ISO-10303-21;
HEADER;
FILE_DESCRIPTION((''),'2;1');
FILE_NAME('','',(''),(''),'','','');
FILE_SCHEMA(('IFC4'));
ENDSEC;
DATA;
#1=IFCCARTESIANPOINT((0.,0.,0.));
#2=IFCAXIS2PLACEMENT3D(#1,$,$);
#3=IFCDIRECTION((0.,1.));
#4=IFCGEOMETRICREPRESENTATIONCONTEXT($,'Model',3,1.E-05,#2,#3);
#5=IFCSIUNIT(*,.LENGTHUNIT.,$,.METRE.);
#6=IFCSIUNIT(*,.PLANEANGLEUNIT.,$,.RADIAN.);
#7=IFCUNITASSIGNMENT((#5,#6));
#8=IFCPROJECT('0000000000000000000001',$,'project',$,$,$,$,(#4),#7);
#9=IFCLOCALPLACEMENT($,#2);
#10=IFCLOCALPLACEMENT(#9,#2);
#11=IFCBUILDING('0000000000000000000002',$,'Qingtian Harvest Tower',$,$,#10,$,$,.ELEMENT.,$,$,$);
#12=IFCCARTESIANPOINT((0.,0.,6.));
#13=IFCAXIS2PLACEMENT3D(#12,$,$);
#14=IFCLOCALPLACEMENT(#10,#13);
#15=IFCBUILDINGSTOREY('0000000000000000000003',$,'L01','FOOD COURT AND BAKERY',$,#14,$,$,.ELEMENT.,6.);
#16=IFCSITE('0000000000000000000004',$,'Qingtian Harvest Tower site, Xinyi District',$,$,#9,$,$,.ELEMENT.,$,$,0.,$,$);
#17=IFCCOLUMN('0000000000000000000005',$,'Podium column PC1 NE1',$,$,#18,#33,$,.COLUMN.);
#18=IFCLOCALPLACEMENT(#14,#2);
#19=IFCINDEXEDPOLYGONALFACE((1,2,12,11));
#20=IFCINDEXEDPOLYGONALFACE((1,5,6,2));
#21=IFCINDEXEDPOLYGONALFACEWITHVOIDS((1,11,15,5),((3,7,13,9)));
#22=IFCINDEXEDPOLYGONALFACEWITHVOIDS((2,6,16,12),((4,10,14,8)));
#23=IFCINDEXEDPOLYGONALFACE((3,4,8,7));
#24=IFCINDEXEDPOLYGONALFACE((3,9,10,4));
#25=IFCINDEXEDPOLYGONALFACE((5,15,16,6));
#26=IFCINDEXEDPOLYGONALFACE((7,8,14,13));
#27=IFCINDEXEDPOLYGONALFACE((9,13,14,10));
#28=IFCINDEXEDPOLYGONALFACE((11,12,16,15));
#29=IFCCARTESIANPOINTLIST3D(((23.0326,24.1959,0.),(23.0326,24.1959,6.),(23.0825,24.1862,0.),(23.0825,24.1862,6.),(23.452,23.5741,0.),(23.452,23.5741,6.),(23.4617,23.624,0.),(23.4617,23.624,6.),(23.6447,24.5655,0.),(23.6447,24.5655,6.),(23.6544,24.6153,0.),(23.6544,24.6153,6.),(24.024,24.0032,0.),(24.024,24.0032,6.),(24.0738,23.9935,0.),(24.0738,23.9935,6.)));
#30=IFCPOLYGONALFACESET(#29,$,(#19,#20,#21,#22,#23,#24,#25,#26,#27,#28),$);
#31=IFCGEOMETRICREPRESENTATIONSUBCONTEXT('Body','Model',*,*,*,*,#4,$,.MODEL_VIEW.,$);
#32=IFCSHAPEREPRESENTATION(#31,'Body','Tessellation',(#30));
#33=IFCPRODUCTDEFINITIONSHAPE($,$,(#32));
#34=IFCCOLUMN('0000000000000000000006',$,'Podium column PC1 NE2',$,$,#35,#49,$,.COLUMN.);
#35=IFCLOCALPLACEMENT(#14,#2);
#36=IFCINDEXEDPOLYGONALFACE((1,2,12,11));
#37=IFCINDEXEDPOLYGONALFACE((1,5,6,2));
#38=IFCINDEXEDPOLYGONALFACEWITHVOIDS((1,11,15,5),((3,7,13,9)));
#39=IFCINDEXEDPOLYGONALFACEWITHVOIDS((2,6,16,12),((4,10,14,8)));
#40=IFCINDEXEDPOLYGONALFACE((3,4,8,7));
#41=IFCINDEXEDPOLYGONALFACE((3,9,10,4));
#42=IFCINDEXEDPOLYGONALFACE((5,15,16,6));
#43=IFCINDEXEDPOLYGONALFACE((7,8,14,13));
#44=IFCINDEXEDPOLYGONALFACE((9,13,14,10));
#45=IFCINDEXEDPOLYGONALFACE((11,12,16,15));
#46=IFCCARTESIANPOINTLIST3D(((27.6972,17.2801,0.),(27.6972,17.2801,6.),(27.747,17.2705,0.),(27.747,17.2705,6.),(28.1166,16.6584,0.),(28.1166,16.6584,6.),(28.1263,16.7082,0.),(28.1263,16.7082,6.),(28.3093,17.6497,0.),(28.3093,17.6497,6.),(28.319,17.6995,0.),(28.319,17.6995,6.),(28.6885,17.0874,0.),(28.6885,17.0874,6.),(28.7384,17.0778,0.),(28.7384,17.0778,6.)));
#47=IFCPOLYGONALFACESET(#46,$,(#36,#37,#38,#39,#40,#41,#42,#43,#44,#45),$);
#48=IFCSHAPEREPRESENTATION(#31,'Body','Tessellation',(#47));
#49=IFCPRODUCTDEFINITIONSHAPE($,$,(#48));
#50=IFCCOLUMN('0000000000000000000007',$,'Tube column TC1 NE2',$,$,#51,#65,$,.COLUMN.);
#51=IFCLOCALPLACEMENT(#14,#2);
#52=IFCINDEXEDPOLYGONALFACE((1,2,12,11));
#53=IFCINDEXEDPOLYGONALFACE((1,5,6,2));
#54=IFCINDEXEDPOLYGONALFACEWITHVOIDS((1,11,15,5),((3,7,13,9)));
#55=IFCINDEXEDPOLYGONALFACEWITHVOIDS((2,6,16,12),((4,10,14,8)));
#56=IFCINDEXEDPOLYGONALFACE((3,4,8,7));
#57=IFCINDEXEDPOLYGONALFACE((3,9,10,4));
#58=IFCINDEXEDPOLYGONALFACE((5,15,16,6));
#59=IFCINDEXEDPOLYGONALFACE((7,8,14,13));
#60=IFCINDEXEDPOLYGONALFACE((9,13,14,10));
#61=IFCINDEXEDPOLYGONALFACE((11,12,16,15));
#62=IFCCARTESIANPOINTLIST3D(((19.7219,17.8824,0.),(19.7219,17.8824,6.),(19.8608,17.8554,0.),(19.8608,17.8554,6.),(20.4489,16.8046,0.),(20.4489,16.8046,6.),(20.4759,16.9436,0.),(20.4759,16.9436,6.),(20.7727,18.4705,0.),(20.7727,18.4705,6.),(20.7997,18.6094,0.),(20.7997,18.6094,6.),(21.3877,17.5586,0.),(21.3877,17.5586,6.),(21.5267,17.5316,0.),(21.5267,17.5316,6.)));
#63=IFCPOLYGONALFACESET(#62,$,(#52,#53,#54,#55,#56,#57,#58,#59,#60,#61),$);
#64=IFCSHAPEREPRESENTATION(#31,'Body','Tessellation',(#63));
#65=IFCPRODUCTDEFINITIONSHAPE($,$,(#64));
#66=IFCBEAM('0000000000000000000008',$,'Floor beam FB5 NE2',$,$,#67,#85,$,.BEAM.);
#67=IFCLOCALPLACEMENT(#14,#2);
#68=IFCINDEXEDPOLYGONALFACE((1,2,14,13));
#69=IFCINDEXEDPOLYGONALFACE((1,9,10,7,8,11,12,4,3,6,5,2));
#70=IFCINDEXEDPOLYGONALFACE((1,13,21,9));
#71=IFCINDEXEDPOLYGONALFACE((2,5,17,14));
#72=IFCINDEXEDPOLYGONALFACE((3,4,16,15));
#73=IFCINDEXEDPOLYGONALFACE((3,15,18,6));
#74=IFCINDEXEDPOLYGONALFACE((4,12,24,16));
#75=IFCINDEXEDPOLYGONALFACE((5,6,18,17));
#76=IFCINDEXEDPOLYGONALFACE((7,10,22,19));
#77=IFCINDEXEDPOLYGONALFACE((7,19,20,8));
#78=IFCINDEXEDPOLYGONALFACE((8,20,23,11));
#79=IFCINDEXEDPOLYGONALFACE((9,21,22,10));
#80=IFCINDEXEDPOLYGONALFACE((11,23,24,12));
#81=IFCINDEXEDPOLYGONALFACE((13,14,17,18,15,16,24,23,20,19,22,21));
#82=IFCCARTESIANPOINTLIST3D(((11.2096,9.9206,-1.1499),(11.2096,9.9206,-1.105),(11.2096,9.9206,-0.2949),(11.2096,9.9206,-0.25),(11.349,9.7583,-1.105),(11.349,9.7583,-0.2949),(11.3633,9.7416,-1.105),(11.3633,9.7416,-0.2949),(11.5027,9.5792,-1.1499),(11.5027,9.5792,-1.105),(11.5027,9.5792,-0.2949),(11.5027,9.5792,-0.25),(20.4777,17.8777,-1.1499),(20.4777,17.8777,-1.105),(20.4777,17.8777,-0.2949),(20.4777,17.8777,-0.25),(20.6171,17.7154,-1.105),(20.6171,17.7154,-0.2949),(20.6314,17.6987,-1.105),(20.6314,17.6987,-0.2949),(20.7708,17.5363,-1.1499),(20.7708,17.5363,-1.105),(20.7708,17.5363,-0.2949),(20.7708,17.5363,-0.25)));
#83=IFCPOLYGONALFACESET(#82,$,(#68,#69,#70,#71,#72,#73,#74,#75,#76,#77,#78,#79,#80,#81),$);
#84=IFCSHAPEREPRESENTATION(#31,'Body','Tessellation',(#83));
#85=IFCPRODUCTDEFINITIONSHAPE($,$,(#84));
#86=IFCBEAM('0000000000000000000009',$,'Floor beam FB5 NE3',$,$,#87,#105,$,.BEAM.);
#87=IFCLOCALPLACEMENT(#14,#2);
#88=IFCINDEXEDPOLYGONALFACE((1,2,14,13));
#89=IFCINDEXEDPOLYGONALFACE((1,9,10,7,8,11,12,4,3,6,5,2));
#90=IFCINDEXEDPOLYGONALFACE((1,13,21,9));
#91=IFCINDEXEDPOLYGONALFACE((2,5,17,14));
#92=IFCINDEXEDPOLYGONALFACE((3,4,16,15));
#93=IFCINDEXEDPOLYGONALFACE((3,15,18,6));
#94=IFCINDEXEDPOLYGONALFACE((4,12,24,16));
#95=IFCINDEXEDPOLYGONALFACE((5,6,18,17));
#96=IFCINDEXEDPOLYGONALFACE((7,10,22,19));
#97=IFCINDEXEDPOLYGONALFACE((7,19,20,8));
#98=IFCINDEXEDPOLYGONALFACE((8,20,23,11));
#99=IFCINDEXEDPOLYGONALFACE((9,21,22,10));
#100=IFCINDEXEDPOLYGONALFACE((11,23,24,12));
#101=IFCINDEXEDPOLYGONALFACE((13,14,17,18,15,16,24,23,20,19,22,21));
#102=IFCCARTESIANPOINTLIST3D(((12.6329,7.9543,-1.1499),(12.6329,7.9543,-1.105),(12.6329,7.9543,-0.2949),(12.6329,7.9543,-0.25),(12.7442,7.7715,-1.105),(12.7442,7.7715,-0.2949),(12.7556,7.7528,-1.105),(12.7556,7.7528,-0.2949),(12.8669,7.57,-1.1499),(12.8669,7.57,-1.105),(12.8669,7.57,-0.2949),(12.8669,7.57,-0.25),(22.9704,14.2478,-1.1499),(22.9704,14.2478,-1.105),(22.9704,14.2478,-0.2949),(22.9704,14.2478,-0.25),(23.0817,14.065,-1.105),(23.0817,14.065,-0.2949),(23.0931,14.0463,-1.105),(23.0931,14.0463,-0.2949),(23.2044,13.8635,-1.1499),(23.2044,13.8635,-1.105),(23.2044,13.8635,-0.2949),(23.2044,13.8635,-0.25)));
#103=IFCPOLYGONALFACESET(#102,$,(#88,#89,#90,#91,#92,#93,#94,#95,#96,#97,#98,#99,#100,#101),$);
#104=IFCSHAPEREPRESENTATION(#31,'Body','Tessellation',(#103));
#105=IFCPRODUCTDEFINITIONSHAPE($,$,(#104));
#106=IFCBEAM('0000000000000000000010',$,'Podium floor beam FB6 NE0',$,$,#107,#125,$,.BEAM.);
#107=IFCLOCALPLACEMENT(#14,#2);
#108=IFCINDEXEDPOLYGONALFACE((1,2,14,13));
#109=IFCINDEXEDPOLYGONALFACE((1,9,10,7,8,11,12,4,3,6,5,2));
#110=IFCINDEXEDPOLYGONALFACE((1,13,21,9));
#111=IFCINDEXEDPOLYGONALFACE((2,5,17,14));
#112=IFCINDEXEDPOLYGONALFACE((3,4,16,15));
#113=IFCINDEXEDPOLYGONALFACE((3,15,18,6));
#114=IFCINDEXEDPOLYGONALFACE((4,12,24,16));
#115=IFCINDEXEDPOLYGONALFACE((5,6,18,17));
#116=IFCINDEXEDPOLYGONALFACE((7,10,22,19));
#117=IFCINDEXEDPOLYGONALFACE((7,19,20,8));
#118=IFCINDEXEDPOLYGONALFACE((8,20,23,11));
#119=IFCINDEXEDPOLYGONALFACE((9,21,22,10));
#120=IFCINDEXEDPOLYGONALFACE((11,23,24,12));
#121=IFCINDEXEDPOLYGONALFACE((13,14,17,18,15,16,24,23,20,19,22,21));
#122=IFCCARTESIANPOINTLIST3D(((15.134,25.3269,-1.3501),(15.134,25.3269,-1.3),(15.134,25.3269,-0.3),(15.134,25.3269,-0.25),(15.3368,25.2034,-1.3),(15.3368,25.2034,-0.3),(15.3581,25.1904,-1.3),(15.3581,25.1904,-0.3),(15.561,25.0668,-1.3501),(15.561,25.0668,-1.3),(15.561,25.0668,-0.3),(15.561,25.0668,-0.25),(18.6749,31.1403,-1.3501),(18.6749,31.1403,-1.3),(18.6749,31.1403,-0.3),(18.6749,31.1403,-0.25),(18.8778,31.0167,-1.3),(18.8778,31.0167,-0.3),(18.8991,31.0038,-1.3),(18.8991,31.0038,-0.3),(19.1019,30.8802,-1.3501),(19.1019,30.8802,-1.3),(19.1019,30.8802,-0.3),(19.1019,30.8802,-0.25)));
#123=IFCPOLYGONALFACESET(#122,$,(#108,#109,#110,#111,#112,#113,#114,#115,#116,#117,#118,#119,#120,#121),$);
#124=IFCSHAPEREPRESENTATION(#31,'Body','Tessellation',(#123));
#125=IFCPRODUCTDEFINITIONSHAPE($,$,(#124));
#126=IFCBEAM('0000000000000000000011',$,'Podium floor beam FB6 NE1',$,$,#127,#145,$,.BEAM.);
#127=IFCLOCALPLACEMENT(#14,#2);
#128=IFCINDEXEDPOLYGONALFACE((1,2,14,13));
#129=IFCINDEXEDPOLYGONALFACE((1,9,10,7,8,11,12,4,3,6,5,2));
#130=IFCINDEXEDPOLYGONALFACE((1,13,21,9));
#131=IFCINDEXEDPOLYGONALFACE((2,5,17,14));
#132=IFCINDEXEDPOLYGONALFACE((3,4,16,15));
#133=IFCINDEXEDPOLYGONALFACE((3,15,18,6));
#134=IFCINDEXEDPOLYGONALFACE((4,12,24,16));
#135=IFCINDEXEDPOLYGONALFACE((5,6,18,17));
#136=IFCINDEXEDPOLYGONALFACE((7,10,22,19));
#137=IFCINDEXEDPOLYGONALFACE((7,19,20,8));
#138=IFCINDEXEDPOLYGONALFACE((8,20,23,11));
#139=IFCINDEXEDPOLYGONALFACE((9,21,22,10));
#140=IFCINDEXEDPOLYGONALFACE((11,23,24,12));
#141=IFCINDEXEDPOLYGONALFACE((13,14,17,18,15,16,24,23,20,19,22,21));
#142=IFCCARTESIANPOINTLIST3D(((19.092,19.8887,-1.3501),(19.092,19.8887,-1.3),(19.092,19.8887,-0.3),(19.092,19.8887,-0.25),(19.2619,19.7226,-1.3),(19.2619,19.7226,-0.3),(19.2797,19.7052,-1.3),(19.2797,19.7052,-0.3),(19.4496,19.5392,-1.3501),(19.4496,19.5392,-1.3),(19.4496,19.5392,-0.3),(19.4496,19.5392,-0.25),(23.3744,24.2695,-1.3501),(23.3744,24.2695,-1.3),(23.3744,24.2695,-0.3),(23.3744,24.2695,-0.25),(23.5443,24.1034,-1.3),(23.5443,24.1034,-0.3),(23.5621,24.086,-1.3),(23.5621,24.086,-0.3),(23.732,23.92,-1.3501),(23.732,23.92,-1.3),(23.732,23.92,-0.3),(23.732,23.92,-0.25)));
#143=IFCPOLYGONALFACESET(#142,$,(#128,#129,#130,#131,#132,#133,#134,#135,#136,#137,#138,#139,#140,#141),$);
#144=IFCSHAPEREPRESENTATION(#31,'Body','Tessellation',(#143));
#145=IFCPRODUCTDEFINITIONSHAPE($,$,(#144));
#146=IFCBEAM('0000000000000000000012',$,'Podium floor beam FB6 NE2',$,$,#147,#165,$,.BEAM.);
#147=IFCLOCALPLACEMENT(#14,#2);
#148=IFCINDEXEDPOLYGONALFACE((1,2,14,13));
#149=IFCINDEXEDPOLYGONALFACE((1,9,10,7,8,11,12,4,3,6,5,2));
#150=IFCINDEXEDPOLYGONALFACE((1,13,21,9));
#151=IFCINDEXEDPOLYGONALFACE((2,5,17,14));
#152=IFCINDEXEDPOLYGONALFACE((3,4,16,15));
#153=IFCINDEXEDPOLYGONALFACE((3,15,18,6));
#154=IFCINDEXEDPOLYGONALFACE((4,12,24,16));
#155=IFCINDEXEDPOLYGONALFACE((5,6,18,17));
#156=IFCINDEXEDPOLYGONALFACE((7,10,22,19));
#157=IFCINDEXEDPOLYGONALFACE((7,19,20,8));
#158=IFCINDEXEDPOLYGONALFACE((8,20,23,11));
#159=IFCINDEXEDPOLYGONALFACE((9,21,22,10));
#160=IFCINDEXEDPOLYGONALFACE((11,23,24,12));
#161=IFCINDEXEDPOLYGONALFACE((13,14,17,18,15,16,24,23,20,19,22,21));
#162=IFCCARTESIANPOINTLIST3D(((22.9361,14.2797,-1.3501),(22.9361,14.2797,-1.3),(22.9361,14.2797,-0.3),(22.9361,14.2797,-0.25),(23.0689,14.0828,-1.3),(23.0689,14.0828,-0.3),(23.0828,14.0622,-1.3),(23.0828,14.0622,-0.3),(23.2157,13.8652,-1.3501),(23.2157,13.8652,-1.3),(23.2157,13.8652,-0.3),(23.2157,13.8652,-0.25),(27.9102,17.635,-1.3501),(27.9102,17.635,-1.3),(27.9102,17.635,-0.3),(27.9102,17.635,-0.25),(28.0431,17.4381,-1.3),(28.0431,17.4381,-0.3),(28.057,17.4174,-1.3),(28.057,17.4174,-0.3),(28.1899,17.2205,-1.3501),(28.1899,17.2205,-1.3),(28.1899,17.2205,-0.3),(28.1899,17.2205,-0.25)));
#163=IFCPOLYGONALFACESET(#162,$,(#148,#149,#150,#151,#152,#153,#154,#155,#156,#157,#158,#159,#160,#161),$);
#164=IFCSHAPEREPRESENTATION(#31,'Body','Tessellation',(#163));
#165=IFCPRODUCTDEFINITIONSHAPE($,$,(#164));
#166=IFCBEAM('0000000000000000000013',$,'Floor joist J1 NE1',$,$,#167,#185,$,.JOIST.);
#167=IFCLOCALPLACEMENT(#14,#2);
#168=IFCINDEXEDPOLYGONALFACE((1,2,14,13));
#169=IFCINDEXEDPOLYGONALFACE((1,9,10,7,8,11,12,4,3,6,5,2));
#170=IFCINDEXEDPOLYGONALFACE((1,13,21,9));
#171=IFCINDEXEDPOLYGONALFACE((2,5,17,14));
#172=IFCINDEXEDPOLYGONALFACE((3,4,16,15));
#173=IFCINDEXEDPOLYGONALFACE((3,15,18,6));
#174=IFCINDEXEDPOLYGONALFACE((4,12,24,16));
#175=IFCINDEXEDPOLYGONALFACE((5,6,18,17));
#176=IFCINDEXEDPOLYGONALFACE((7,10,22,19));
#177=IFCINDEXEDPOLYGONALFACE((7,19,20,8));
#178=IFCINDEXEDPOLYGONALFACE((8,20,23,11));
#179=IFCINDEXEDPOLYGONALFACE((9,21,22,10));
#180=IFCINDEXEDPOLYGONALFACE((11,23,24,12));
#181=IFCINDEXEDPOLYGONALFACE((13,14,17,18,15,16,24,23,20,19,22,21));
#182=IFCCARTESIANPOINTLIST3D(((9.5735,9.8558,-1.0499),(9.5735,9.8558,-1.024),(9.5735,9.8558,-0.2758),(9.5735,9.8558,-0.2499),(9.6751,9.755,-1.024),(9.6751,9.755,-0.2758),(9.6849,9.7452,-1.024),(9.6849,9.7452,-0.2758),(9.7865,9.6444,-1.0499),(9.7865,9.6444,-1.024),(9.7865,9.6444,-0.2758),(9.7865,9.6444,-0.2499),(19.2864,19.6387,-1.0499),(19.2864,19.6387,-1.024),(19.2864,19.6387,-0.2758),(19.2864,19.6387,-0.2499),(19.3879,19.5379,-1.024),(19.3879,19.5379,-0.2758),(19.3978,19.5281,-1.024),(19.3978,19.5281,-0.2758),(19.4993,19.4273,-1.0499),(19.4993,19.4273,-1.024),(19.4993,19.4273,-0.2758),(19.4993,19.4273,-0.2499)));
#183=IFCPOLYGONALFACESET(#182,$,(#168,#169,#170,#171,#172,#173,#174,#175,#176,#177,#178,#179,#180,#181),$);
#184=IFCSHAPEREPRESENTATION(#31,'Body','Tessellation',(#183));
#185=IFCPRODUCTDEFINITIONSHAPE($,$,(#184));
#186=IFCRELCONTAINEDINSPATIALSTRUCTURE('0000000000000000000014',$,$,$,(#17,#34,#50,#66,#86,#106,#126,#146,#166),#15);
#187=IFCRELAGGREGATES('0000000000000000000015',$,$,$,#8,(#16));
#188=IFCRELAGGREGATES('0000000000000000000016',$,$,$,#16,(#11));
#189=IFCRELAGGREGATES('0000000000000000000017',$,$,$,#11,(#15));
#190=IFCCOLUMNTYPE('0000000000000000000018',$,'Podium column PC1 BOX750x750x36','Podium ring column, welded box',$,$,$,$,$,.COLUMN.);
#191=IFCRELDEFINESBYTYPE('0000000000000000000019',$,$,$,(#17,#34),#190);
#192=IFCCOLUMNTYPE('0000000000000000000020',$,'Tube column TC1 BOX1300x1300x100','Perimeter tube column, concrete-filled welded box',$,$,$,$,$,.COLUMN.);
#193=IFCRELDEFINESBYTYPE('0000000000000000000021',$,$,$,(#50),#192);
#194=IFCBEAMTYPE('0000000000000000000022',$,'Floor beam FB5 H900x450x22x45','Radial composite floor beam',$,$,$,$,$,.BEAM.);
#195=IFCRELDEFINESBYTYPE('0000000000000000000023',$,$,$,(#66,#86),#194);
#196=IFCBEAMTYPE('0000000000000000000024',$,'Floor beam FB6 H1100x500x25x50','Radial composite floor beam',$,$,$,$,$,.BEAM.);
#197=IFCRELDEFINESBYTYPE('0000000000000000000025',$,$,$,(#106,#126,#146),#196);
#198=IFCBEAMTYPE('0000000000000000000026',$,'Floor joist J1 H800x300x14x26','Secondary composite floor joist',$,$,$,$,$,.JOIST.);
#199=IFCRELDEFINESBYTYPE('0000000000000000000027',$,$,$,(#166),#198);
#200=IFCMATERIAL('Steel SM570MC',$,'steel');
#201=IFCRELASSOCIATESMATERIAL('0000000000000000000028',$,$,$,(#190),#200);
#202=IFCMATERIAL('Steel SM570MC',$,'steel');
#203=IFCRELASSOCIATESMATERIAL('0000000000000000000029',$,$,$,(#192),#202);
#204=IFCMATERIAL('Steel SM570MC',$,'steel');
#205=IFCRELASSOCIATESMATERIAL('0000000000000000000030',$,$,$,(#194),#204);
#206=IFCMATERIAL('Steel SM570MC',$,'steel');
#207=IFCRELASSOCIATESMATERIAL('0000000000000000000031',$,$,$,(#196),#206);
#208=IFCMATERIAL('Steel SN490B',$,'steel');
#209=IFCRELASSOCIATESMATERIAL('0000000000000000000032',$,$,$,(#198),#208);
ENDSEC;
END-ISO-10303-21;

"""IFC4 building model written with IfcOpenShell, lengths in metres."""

from ifc_helpers import new_model, si_unit, direction, frame, origin, origin_2d, place, context, subcontext, project, spatial, hollow_rectangle, i_section, extrude, material, material_profile, profile_set, type_object, element, save


model = new_model("IFC4")

# Units and contexts
model_context = context("Model", 3, precision=1e-05, world=origin(), true_north=direction((0.0, 1.0)))
body_context = subcontext(model_context, "Body", "Model", "MODEL_VIEW")
ifc_project = project(units=[si_unit("LENGTHUNIT", "METRE"), si_unit("PLANEANGLEUNIT", "RADIAN")], contexts=[model_context])

# Site, building, storey
site_placement = place(None, origin())
site = spatial("IfcSite", under=ifc_project, at=site_placement, Name="Qingtian Harvest Tower site, Xinyi District", CompositionType="ELEMENT", RefElevation=0.0)
building_placement = place(site_placement, origin())
building = spatial("IfcBuilding", under=site, at=building_placement, Name="Qingtian Harvest Tower", CompositionType="ELEMENT")
storey_placement = place(building_placement, frame((0.0, 0.0, 6.0)))
storey = spatial("IfcBuildingStorey", under=building, at=storey_placement, Name="L01", Description="FOOD COURT AND BAKERY", CompositionType="ELEMENT", Elevation=6.0)

# Columns
ifc_material_1 = material(Name="Steel SM570MC", Category="steel")
ifc_material_profile_1 = material_profile(ifc_material_1, hollow_rectangle(XDim=0.75, YDim=0.75, WallThickness=0.0359, at=origin_2d()), Name="BOX750x750x36")
ifc_profile_set_1 = profile_set([ifc_material_profile_1], Name="Steel SM570MC")
column_type_1 = type_object("IfcColumnType", Name="Podium column PC1 BOX750x750x36", Description="Podium ring column, welded box", PredefinedType="COLUMN", material=ifc_profile_set_1)
for number, where, z_axis, x_axis, name in (
    (1, (23.5532, 24.0947, 0.0), (0.0, 0.0, 1.0), (-0.559193, 0.829038, 0.0), "Podium column PC1 NE1"),
    (2, (28.2178, 17.179, 0.0), (0.0, 0.0, 1.0), (-0.559193, 0.829038, 0.0), "Podium column PC1 NE2"),
):
    element("IfcColumn", number, at=place(storey_placement, frame(where, z_axis=z_axis, x_axis=x_axis)), inside=storey, type_object=column_type_1, Name=name, PredefinedType="COLUMN", context=body_context, shape_type="SweptSolid", body=[
        extrude(hollow_rectangle(XDim=0.75, YDim=0.75, WallThickness=0.0359, at=origin_2d()), origin(), (0.0, 0.0, 1.0), 6.0),
    ])
ifc_material_2 = material(Name="Steel SM570MC", Category="steel")
ifc_material_profile_2 = material_profile(ifc_material_2, hollow_rectangle(XDim=1.3, YDim=1.3, WallThickness=0.1001, at=origin_2d()), Name="BOX1300x1300x100")
ifc_profile_set_2 = profile_set([ifc_material_profile_2], Name="Steel SM570MC")
column_type_2 = type_object("IfcColumnType", Name="Tube column TC1 BOX1300x1300x100", Description="Perimeter tube column, concrete-filled welded box", PredefinedType="COLUMN", material=ifc_profile_set_2)
column_placement = place(storey_placement, frame((20.6243, 17.707, 0.0), z_axis=(0.0, 0.0, 1.0), x_axis=(-0.559193, 0.829038, 0.0)))
element("IfcColumn", 3, at=column_placement, inside=storey, type_object=column_type_2, Name="Tube column TC1 NE2", PredefinedType="COLUMN", context=body_context, shape_type="SweptSolid", body=[
    extrude(hollow_rectangle(XDim=1.3, YDim=1.3, WallThickness=0.1001, at=origin_2d()), origin(), (0.0, 0.0, 1.0), 6.0),
])

# Beams
ifc_material_3 = material(Name="Steel SM570MC", Category="steel")
ifc_material_profile_3 = material_profile(ifc_material_3, i_section(OverallWidth=0.45, OverallDepth=0.8999, WebThickness=0.022, FlangeThickness=0.0449, at=origin_2d()), Name="H900x450x22x45")
ifc_profile_set_3 = profile_set([ifc_material_profile_3], Name="Steel SM570MC")
beam_type_1 = type_object("IfcBeamType", Name="Floor beam FB5 H900x450x22x45", Description="Radial composite floor beam", PredefinedType="BEAM", material=ifc_profile_set_3)
beam_1_placement = place(storey_placement, frame((20.6243, 17.707, -0.7), z_axis=(-0.758732, -0.651403, 0.0), x_axis=(0.651403, -0.758732, 0.0)))
element("IfcBeam", 4, at=beam_1_placement, inside=storey, type_object=beam_type_1, Name="Floor beam FB5 NE2", PredefinedType="BEAM", context=body_context, shape_type="SweptSolid", body=[
    extrude(i_section(OverallWidth=0.45, OverallDepth=0.8999, WebThickness=0.022, FlangeThickness=0.0449, at=origin_2d()), origin(), (0.0, 0.0, 1.0), 12.2153),
])
beam_2_placement = place(storey_placement, frame((23.0874, 14.0557, -0.7), z_axis=(-0.854157, -0.520015, 0.0), x_axis=(0.520015, -0.854157, 0.0)))
element("IfcBeam", 5, at=beam_2_placement, inside=storey, type_object=beam_type_1, Name="Floor beam FB5 NE3", PredefinedType="BEAM", context=body_context, shape_type="SweptSolid", body=[
    extrude(i_section(OverallWidth=0.45, OverallDepth=0.8999, WebThickness=0.022, FlangeThickness=0.0449, at=origin_2d()), origin(), (0.0, 0.0, 1.0), 12.1025),
])
ifc_material_4 = material(Name="Steel SM570MC", Category="steel")
ifc_material_profile_4 = material_profile(ifc_material_4, i_section(OverallWidth=0.5, OverallDepth=1.1001, WebThickness=0.0249, FlangeThickness=0.05, at=origin_2d()), Name="H1100x500x25x50")
ifc_profile_set_4 = profile_set([ifc_material_profile_4], Name="Steel SM570MC")
beam_type_2 = type_object("IfcBeamType", Name="Floor beam FB6 H1100x500x25x50", Description="Radial composite floor beam", PredefinedType="BEAM", material=ifc_profile_set_4)
beam_3_placement = place(storey_placement, frame((18.8884, 31.0103, -0.8), z_axis=(-0.520202, -0.854043, 0.0), x_axis=(0.854043, -0.520202, 0.0)))
element("IfcBeam", 6, at=beam_3_placement, inside=storey, type_object=beam_type_2, Name="Podium floor beam FB6 NE0", PredefinedType="BEAM", context=body_context, shape_type="SweptSolid", body=[
    extrude(i_section(OverallWidth=0.5, OverallDepth=1.1001, WebThickness=0.0249, FlangeThickness=0.05, at=origin_2d()), origin(), (0.0, 0.0, 1.0), 6.8069),
])
beam_4_placement = place(storey_placement, frame((23.5532, 24.0947, -0.8), z_axis=(-0.699031, -0.715091, 0.0), x_axis=(0.715091, -0.699031, 0.0)))
element("IfcBeam", 7, at=beam_4_placement, inside=storey, type_object=beam_type_2, Name="Podium floor beam FB6 NE1", PredefinedType="BEAM", context=body_context, shape_type="SweptSolid", body=[
    extrude(i_section(OverallWidth=0.5, OverallDepth=1.1001, WebThickness=0.0249, FlangeThickness=0.05, at=origin_2d()), origin(), (0.0, 0.0, 1.0), 6.1262),
])
beam_5_placement = place(storey_placement, frame((28.05, 17.4277, -0.8), z_axis=(-0.829027, -0.559209, 0.0), x_axis=(0.559209, -0.829027, 0.0)))
element("IfcBeam", 8, at=beam_5_placement, inside=storey, type_object=beam_type_2, Name="Podium floor beam FB6 NE2", PredefinedType="BEAM", context=body_context, shape_type="SweptSolid", body=[
    extrude(i_section(OverallWidth=0.5, OverallDepth=1.1001, WebThickness=0.0249, FlangeThickness=0.05, at=origin_2d()), origin(), (0.0, 0.0, 1.0), 6.0),
])
ifc_material_5 = material(Name="Steel SN490B", Category="steel")
ifc_material_profile_5 = material_profile(ifc_material_5, i_section(OverallWidth=0.3, OverallDepth=0.8, WebThickness=0.0139, FlangeThickness=0.0259, at=origin_2d()), Name="H800x300x14x26")
ifc_profile_set_5 = profile_set([ifc_material_profile_5], Name="Steel SN490B")
beam_type_3 = type_object("IfcBeamType", Name="Floor joist J1 H800x300x14x26", Description="Secondary composite floor joist", PredefinedType="JOIST", material=ifc_profile_set_5)
beam_6_placement = place(storey_placement, frame((19.3928, 19.533, -0.6499), z_axis=(-0.704561, -0.709644, 0.0), x_axis=(0.709644, -0.704561, 0.0)))
element("IfcBeam", 9, at=beam_6_placement, inside=storey, type_object=beam_type_3, Name="Floor joist J1 NE1", PredefinedType="JOIST", context=body_context, shape_type="SweptSolid", body=[
    extrude(i_section(OverallWidth=0.3, OverallDepth=0.8, WebThickness=0.0139, FlangeThickness=0.0259, at=origin_2d()), origin(), (0.0, 0.0, 1.0), 13.7856),
])

save(model, "model.ifc")
